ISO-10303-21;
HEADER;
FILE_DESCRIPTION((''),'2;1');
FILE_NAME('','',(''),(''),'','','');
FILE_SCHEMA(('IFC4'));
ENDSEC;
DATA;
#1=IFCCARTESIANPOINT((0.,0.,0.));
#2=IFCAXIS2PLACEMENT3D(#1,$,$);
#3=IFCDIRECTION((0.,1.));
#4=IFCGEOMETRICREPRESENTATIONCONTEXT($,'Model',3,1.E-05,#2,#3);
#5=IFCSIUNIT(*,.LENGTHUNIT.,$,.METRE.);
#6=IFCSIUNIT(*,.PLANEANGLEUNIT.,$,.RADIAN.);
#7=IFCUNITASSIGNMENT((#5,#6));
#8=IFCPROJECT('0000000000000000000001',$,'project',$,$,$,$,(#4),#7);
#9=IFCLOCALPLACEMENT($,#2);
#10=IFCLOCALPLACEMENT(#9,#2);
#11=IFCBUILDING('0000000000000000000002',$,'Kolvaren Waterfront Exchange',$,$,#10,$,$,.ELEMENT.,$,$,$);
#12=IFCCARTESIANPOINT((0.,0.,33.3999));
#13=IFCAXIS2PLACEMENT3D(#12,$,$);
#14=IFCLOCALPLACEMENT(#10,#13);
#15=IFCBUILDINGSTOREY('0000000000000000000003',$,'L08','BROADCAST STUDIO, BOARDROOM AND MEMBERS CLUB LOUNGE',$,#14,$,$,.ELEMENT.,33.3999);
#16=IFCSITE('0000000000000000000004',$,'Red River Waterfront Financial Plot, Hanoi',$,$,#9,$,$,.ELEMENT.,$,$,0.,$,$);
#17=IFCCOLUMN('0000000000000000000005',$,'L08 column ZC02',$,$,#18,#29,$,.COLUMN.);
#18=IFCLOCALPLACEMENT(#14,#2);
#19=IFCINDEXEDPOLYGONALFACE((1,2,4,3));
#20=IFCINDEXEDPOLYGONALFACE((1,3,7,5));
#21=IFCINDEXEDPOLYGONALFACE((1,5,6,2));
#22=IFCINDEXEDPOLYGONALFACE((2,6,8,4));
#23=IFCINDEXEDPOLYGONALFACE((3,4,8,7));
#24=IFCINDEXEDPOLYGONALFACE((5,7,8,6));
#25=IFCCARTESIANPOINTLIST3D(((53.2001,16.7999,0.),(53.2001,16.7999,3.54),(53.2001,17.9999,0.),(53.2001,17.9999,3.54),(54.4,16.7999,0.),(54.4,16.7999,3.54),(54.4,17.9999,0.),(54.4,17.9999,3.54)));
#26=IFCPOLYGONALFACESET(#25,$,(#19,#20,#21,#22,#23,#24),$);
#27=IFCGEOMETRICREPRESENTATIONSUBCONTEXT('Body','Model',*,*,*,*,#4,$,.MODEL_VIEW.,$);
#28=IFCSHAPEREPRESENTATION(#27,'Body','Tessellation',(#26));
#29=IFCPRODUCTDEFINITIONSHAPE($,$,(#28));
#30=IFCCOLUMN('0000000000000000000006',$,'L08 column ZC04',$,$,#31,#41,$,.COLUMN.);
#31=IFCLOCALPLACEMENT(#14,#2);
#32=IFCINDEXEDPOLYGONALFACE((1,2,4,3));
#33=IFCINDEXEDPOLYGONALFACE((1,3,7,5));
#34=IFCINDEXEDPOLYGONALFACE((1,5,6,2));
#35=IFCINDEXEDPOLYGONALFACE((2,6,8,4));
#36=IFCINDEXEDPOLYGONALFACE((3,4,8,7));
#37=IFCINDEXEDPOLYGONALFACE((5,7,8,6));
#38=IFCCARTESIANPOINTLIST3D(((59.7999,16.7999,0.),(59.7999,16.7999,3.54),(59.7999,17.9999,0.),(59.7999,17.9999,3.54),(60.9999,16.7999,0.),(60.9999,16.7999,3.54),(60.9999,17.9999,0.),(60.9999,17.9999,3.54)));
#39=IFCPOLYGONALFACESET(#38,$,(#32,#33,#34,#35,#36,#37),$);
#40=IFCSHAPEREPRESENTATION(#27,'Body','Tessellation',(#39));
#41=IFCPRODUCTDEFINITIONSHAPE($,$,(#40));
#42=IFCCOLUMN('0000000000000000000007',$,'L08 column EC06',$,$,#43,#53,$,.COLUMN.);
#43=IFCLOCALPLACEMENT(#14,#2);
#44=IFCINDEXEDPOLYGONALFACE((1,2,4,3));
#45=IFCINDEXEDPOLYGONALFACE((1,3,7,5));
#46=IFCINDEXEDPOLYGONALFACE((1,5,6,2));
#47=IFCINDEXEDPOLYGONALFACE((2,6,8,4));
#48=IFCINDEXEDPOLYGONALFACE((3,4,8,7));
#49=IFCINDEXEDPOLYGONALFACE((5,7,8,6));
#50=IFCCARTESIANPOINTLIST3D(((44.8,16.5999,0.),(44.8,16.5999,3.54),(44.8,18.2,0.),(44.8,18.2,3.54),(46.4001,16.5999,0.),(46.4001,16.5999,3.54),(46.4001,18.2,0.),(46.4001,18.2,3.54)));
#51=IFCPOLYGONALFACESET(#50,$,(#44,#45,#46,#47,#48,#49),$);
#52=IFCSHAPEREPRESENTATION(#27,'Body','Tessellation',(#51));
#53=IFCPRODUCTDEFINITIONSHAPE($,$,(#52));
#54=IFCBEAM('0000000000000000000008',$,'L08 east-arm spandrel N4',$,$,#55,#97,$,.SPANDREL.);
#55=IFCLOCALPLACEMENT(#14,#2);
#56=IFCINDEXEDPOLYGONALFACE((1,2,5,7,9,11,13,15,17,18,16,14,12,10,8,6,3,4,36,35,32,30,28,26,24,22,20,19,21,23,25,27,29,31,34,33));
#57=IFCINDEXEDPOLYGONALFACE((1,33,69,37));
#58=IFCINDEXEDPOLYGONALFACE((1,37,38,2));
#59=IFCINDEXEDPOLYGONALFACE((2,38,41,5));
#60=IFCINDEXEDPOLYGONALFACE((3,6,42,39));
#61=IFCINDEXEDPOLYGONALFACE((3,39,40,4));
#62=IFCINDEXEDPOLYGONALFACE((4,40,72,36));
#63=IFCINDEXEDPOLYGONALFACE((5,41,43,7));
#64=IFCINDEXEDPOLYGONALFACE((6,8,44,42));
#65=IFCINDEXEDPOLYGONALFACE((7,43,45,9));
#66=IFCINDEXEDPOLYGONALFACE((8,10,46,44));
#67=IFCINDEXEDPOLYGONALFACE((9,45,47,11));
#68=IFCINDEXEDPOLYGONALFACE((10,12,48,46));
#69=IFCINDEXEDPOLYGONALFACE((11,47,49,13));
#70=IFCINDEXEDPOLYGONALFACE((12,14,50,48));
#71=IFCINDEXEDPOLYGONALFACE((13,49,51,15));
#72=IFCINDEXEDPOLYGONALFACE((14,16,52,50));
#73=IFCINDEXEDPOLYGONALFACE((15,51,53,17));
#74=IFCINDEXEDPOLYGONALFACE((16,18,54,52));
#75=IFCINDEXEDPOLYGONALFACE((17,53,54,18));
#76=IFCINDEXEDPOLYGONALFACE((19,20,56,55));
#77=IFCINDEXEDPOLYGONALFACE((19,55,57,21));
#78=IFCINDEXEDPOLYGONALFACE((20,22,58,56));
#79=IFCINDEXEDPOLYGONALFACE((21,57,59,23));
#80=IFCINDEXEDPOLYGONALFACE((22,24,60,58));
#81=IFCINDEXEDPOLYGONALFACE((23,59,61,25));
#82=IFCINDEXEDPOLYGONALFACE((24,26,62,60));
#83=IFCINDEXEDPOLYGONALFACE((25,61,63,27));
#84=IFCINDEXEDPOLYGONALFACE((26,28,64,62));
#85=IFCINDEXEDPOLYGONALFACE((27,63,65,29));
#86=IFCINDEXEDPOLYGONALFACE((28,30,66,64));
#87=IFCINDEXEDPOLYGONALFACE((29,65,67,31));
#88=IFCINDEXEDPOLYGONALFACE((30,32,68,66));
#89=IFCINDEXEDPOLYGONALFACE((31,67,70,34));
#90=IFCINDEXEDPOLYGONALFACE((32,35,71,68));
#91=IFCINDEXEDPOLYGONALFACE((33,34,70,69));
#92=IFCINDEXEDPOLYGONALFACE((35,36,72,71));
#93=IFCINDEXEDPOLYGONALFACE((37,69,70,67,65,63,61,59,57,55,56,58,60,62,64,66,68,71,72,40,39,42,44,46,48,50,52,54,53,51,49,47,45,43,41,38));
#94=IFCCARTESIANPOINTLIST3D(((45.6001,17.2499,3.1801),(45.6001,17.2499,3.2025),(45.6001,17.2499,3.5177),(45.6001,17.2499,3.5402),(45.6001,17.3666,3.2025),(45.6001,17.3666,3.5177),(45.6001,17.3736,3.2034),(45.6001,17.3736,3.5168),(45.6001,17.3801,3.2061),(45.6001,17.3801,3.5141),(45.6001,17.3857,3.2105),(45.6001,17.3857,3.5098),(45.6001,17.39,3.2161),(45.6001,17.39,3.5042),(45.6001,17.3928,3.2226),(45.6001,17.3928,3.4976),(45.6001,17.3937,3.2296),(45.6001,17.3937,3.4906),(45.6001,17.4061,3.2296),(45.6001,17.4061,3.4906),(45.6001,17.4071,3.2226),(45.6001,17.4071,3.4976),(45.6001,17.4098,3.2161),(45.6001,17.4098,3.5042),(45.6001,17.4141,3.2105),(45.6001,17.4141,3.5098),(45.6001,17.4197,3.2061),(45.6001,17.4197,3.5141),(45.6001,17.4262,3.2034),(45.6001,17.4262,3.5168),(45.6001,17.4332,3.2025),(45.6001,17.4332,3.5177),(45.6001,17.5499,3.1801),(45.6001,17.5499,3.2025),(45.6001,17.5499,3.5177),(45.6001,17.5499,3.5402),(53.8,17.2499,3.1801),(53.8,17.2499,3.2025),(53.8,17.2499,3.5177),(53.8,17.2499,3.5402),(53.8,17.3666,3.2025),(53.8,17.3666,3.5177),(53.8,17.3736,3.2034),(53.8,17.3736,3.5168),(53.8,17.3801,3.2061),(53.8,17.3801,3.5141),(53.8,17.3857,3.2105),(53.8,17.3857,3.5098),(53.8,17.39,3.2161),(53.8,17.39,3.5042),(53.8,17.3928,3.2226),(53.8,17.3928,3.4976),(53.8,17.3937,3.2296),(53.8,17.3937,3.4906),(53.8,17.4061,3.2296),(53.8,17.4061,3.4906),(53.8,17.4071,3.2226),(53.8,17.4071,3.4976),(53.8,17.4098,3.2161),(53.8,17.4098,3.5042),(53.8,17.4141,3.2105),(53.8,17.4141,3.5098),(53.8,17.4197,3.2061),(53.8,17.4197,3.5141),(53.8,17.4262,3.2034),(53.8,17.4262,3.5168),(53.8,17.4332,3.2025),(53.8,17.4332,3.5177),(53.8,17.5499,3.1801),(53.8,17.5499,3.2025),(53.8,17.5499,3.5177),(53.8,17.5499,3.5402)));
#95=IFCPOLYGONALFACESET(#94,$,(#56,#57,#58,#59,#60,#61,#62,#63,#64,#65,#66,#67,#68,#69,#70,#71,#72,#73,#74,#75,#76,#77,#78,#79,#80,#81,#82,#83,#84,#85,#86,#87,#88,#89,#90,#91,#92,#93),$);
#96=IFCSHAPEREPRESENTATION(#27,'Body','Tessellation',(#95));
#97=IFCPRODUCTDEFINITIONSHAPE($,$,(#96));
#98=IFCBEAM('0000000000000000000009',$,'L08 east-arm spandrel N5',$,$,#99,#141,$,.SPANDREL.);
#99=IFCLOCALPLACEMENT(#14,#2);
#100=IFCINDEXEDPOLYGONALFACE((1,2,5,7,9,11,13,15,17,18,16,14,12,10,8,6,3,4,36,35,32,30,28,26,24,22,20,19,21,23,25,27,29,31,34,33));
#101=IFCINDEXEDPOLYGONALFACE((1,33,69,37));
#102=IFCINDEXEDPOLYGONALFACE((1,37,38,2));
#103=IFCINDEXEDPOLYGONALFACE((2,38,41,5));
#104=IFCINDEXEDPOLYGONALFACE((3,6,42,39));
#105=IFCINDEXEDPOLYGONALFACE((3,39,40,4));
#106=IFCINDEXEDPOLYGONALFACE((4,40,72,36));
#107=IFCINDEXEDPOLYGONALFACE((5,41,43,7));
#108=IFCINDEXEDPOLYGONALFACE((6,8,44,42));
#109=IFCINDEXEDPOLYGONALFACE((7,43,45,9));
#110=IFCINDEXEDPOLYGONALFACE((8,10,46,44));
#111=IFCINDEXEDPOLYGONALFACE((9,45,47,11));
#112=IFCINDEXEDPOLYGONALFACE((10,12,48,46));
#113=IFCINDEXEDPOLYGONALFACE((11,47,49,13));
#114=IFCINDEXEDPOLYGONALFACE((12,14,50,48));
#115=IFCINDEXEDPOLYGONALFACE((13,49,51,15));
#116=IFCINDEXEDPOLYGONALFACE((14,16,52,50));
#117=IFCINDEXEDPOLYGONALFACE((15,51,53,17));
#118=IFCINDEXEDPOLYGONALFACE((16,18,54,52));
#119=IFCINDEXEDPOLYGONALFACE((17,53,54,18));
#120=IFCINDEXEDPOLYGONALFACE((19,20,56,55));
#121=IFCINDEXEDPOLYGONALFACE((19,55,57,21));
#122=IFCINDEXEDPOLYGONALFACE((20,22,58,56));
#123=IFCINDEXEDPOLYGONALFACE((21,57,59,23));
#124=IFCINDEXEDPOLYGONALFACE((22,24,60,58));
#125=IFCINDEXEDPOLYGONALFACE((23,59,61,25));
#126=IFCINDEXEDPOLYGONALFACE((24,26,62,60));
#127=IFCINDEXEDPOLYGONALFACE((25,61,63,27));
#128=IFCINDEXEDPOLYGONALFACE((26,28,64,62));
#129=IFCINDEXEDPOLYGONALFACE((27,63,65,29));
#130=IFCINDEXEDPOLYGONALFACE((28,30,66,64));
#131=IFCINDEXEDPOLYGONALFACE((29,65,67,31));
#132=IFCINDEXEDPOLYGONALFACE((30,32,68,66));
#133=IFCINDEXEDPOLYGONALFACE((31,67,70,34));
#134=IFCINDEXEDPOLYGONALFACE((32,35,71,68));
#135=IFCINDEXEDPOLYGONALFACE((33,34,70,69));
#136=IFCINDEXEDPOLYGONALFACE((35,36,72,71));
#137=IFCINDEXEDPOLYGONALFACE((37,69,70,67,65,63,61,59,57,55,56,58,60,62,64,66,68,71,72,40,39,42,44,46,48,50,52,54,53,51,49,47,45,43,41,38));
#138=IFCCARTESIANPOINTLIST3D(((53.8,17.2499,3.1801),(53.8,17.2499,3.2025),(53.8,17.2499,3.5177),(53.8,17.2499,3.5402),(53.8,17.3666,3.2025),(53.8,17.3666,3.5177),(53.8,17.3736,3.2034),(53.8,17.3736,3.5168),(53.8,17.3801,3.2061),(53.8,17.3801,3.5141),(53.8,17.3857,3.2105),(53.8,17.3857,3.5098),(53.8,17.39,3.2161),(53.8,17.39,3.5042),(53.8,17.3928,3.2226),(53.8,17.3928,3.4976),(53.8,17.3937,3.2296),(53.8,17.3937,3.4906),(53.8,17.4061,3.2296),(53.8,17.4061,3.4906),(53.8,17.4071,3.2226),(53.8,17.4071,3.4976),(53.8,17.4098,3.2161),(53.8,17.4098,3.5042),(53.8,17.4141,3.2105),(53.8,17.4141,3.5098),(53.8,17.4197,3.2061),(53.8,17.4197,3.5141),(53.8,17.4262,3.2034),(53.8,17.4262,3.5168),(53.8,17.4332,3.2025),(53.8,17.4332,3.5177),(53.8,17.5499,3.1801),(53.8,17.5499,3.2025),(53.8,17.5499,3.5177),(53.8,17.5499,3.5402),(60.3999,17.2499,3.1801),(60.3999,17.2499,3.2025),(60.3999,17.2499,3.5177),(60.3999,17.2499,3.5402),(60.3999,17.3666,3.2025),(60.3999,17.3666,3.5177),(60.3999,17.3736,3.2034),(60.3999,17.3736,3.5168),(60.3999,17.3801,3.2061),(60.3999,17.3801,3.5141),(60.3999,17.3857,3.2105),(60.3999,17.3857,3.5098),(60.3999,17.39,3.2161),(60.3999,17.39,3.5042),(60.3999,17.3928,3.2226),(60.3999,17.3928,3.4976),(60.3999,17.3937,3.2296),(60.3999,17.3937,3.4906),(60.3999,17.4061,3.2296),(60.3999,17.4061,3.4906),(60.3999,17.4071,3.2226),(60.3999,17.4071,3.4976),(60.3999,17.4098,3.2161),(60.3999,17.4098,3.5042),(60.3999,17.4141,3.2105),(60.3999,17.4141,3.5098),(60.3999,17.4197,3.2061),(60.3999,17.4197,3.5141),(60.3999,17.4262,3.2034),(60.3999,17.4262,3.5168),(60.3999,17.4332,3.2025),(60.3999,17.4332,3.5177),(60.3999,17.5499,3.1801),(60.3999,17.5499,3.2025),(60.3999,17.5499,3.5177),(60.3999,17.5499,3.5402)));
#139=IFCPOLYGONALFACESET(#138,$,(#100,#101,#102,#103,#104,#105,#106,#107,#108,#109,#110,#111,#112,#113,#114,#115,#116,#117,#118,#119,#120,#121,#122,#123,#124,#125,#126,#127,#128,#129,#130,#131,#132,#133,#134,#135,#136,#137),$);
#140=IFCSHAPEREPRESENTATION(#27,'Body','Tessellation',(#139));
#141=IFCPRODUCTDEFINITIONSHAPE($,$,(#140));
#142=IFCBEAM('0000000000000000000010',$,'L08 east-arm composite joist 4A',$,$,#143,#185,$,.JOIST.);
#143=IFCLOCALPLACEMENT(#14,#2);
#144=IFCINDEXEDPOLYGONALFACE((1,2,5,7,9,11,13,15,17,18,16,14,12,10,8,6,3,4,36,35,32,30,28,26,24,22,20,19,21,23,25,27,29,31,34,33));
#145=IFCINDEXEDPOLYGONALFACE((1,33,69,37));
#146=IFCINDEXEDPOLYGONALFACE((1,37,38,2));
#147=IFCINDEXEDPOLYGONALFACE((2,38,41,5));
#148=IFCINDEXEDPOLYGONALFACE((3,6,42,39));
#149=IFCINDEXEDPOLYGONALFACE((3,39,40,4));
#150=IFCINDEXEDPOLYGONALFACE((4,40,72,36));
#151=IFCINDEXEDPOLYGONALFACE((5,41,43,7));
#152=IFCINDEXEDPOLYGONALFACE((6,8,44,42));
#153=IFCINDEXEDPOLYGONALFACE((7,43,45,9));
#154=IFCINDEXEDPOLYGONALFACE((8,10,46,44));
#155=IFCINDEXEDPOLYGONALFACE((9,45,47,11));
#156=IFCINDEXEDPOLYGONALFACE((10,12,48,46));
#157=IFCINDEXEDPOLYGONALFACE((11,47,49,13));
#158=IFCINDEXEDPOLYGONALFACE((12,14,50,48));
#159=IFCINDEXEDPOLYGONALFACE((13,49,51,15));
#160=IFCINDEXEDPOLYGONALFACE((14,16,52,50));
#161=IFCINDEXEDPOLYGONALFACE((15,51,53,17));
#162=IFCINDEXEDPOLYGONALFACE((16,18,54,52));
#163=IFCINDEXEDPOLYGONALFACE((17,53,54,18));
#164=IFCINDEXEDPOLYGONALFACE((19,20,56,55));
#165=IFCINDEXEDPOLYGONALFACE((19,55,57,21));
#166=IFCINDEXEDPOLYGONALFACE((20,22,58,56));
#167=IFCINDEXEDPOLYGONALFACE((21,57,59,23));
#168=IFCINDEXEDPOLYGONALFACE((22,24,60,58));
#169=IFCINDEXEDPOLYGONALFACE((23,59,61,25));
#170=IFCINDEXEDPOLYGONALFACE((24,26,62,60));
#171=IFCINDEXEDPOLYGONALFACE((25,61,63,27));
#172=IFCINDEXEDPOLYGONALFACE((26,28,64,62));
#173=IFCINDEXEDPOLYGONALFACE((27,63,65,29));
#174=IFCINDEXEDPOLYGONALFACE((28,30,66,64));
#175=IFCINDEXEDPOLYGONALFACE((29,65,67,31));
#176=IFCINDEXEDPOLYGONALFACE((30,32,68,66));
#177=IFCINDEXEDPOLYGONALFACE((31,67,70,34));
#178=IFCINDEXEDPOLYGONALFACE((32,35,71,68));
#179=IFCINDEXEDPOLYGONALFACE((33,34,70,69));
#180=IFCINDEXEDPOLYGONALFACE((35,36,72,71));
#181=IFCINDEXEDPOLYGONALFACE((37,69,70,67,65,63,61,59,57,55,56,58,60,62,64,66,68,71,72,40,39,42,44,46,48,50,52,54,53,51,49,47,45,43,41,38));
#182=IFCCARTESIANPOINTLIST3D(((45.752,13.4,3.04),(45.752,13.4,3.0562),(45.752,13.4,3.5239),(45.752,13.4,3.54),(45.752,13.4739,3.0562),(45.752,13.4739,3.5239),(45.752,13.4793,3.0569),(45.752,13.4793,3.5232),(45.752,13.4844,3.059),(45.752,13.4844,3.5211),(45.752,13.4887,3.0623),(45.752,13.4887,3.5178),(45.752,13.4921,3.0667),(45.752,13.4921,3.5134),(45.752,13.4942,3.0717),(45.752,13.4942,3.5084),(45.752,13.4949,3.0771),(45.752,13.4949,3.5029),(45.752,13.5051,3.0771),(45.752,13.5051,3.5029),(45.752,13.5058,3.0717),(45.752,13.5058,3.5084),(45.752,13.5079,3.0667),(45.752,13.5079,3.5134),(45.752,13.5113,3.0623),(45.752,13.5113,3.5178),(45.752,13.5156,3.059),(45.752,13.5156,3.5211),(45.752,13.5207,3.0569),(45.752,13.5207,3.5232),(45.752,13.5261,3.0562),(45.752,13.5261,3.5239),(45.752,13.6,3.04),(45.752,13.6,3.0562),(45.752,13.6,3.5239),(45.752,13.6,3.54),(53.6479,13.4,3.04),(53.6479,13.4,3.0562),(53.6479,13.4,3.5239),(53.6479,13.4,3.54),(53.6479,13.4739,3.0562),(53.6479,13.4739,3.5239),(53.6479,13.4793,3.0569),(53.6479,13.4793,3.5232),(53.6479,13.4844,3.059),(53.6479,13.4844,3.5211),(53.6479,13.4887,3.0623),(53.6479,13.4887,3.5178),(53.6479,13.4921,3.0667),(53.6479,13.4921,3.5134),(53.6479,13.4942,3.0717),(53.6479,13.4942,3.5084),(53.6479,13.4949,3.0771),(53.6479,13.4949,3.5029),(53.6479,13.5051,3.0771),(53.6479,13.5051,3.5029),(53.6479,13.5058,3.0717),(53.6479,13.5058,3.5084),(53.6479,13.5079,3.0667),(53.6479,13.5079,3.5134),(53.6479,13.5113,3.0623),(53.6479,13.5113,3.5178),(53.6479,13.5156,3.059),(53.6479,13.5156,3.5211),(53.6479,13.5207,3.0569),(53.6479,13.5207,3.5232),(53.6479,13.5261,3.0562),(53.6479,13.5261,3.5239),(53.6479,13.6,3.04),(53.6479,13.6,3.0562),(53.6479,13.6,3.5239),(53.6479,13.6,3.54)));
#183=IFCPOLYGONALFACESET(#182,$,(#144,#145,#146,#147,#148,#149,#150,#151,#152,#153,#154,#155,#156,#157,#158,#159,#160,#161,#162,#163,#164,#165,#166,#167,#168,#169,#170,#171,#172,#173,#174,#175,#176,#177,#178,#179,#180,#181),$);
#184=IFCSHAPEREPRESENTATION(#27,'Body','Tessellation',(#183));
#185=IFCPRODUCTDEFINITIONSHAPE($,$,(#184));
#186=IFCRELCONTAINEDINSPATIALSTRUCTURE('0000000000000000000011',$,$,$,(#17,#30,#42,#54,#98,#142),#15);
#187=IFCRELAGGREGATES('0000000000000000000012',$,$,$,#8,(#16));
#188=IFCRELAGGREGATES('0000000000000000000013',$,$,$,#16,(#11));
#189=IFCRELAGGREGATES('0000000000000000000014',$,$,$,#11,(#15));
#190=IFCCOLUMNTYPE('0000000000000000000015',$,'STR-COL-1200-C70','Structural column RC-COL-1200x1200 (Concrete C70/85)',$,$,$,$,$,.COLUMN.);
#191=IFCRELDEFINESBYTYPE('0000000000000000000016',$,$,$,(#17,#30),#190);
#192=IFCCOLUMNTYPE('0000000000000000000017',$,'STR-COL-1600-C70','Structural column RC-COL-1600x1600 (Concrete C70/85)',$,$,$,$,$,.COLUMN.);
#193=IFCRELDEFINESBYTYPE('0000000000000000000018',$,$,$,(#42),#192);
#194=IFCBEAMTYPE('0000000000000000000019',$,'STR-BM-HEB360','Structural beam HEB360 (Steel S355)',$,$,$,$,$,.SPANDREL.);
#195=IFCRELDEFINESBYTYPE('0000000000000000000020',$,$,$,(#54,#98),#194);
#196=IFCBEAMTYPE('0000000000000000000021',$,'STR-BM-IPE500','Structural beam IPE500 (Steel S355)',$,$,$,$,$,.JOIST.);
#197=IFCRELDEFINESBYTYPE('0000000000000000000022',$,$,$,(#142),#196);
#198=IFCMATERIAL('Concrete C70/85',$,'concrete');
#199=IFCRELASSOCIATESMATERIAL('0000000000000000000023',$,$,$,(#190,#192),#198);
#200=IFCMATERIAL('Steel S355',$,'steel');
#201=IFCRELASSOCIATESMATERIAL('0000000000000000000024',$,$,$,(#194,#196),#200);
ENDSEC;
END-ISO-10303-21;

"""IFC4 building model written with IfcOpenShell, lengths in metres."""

from ifc_helpers import new_model, si_unit, direction, frame, origin, origin_2d, place, context, subcontext, project, spatial, rectangle, i_section, extrude, material, material_profile, profile_set, type_object, element, save


model = new_model("IFC4")

# Units and contexts
model_context = context("Model", 3, precision=1e-05, world=origin(), true_north=direction((0.0, 1.0)))
body_context = subcontext(model_context, "Body", "Model", "MODEL_VIEW")
ifc_project = project(units=[si_unit("LENGTHUNIT", "METRE"), si_unit("PLANEANGLEUNIT", "RADIAN")], contexts=[model_context])

# Site, building, storey
site_placement = place(None, origin())
site = spatial("IfcSite", under=ifc_project, at=site_placement, Name="Red River Waterfront Financial Plot, Hanoi", CompositionType="ELEMENT", RefElevation=0.0)
building_placement = place(site_placement, origin())
building = spatial("IfcBuilding", under=site, at=building_placement, Name="Kolvaren Waterfront Exchange", CompositionType="ELEMENT")
storey_placement = place(building_placement, frame((0.0, 0.0, 33.3999)))
storey = spatial("IfcBuildingStorey", under=building, at=storey_placement, Name="L08", Description="BROADCAST STUDIO, BOARDROOM AND MEMBERS CLUB LOUNGE", CompositionType="ELEMENT", Elevation=33.3999)

# Columns
ifc_material_1 = material(Name="Concrete C70/85", Category="concrete")
ifc_material_profile_1 = material_profile(ifc_material_1, rectangle(XDim=1.2, YDim=1.2, at=origin_2d()), Name="RC-COL-1200x1200")
ifc_profile_set_1 = profile_set([ifc_material_profile_1], Name="Concrete C70/85")
column_type_1 = type_object("IfcColumnType", Name="STR-COL-1200-C70", Description="Structural column RC-COL-1200x1200 (Concrete C70/85)", PredefinedType="COLUMN", material=ifc_profile_set_1)
for number, where, z_axis, x_axis, name in (
    (1, (53.8, 17.3999, 0.0), (0.0, 0.0, 1.0), (1.0, 0.0, 0.0), "L08 column ZC02"),
    (2, (60.3999, 17.3999, 0.0), (0.0, 0.0, 1.0), (1.0, 0.0, 0.0), "L08 column ZC04"),
):
    element("IfcColumn", number, at=place(storey_placement, frame(where, z_axis=z_axis, x_axis=x_axis)), inside=storey, type_object=column_type_1, Name=name, PredefinedType="COLUMN", context=body_context, shape_type="SweptSolid", body=[
        extrude(rectangle(XDim=1.2, YDim=1.2, at=origin_2d()), origin(), (0.0, 0.0, 1.0), 3.54),
    ])
ifc_material_profile_2 = material_profile(ifc_material_1, rectangle(XDim=1.6001, YDim=1.6001, at=origin_2d()), Name="RC-COL-1600x1600")
ifc_profile_set_2 = profile_set([ifc_material_profile_2], Name="Concrete C70/85")
column_type_2 = type_object("IfcColumnType", Name="STR-COL-1600-C70", Description="Structural column RC-COL-1600x1600 (Concrete C70/85)", PredefinedType="COLUMN", material=ifc_profile_set_2)
column_placement = place(storey_placement, frame((45.6001, 17.3999, 0.0), z_axis=(0.0, 0.0, 1.0), x_axis=(1.0, 0.0, 0.0)))
element("IfcColumn", 3, at=column_placement, inside=storey, type_object=column_type_2, Name="L08 column EC06", PredefinedType="COLUMN", context=body_context, shape_type="SweptSolid", body=[
    extrude(rectangle(XDim=1.6001, YDim=1.6001, at=origin_2d()), origin(), (0.0, 0.0, 1.0), 3.54),
])

# Beams
ifc_material_2 = material(Name="Steel S355", Category="steel")
ifc_material_profile_3 = material_profile(ifc_material_2, i_section(OverallWidth=0.3, OverallDepth=0.3601, WebThickness=0.0125, FlangeThickness=0.0225, FilletRadius=0.0271, at=origin_2d()), Name="HEB360")
ifc_profile_set_3 = profile_set([ifc_material_profile_3], Name="Steel S355")
beam_type_1 = type_object("IfcBeamType", Name="STR-BM-HEB360", Description="Structural beam HEB360 (Steel S355)", PredefinedType="SPANDREL", material=ifc_profile_set_3)
beam_1_placement = place(storey_placement, frame((45.6001, 17.3999, 3.3601), z_axis=(1.0, 0.0, 0.0), x_axis=(0.0, 1.0, 0.0)))
element("IfcBeam", 4, at=beam_1_placement, inside=storey, type_object=beam_type_1, Name="L08 east-arm spandrel N4", PredefinedType="SPANDREL", context=body_context, shape_type="SweptSolid", body=[
    extrude(i_section(OverallWidth=0.3, OverallDepth=0.3601, WebThickness=0.0125, FlangeThickness=0.0225, FilletRadius=0.0271, at=origin_2d()), origin(), (0.0, 0.0, 1.0), 8.2),
])
beam_2_placement = place(storey_placement, frame((53.8, 17.3999, 3.3601), z_axis=(1.0, 0.0, 0.0), x_axis=(0.0, 1.0, 0.0)))
element("IfcBeam", 5, at=beam_2_placement, inside=storey, type_object=beam_type_1, Name="L08 east-arm spandrel N5", PredefinedType="SPANDREL", context=body_context, shape_type="SweptSolid", body=[
    extrude(i_section(OverallWidth=0.3, OverallDepth=0.3601, WebThickness=0.0125, FlangeThickness=0.0225, FilletRadius=0.0271, at=origin_2d()), origin(), (0.0, 0.0, 1.0), 6.5999),
])
ifc_material_profile_4 = material_profile(ifc_material_2, i_section(OverallWidth=0.2, OverallDepth=0.5, WebThickness=0.0103, FlangeThickness=0.0161, FilletRadius=0.021, at=origin_2d()), Name="IPE500")
ifc_profile_set_4 = profile_set([ifc_material_profile_4], Name="Steel S355")
beam_type_2 = type_object("IfcBeamType", Name="STR-BM-IPE500", Description="Structural beam IPE500 (Steel S355)", PredefinedType="JOIST", material=ifc_profile_set_4)
for number, where, z_axis, x_axis, name in (
    (6, (45.752, 13.5, 3.29), (1.0, 0.0, 0.0), (0.0, 1.0, 0.0), "L08 east-arm composite joist 4A"),
):
    element("IfcBeam", number, at=place(storey_placement, frame(where, z_axis=z_axis, x_axis=x_axis)), inside=storey, type_object=beam_type_2, Name=name, PredefinedType="JOIST", context=body_context, shape_type="SweptSolid", body=[
        extrude(i_section(OverallWidth=0.2, OverallDepth=0.5, WebThickness=0.0103, FlangeThickness=0.0161, FilletRadius=0.021, at=origin_2d()), origin(), (0.0, 0.0, 1.0), 7.896),
    ])

save(model, "model.ifc")
